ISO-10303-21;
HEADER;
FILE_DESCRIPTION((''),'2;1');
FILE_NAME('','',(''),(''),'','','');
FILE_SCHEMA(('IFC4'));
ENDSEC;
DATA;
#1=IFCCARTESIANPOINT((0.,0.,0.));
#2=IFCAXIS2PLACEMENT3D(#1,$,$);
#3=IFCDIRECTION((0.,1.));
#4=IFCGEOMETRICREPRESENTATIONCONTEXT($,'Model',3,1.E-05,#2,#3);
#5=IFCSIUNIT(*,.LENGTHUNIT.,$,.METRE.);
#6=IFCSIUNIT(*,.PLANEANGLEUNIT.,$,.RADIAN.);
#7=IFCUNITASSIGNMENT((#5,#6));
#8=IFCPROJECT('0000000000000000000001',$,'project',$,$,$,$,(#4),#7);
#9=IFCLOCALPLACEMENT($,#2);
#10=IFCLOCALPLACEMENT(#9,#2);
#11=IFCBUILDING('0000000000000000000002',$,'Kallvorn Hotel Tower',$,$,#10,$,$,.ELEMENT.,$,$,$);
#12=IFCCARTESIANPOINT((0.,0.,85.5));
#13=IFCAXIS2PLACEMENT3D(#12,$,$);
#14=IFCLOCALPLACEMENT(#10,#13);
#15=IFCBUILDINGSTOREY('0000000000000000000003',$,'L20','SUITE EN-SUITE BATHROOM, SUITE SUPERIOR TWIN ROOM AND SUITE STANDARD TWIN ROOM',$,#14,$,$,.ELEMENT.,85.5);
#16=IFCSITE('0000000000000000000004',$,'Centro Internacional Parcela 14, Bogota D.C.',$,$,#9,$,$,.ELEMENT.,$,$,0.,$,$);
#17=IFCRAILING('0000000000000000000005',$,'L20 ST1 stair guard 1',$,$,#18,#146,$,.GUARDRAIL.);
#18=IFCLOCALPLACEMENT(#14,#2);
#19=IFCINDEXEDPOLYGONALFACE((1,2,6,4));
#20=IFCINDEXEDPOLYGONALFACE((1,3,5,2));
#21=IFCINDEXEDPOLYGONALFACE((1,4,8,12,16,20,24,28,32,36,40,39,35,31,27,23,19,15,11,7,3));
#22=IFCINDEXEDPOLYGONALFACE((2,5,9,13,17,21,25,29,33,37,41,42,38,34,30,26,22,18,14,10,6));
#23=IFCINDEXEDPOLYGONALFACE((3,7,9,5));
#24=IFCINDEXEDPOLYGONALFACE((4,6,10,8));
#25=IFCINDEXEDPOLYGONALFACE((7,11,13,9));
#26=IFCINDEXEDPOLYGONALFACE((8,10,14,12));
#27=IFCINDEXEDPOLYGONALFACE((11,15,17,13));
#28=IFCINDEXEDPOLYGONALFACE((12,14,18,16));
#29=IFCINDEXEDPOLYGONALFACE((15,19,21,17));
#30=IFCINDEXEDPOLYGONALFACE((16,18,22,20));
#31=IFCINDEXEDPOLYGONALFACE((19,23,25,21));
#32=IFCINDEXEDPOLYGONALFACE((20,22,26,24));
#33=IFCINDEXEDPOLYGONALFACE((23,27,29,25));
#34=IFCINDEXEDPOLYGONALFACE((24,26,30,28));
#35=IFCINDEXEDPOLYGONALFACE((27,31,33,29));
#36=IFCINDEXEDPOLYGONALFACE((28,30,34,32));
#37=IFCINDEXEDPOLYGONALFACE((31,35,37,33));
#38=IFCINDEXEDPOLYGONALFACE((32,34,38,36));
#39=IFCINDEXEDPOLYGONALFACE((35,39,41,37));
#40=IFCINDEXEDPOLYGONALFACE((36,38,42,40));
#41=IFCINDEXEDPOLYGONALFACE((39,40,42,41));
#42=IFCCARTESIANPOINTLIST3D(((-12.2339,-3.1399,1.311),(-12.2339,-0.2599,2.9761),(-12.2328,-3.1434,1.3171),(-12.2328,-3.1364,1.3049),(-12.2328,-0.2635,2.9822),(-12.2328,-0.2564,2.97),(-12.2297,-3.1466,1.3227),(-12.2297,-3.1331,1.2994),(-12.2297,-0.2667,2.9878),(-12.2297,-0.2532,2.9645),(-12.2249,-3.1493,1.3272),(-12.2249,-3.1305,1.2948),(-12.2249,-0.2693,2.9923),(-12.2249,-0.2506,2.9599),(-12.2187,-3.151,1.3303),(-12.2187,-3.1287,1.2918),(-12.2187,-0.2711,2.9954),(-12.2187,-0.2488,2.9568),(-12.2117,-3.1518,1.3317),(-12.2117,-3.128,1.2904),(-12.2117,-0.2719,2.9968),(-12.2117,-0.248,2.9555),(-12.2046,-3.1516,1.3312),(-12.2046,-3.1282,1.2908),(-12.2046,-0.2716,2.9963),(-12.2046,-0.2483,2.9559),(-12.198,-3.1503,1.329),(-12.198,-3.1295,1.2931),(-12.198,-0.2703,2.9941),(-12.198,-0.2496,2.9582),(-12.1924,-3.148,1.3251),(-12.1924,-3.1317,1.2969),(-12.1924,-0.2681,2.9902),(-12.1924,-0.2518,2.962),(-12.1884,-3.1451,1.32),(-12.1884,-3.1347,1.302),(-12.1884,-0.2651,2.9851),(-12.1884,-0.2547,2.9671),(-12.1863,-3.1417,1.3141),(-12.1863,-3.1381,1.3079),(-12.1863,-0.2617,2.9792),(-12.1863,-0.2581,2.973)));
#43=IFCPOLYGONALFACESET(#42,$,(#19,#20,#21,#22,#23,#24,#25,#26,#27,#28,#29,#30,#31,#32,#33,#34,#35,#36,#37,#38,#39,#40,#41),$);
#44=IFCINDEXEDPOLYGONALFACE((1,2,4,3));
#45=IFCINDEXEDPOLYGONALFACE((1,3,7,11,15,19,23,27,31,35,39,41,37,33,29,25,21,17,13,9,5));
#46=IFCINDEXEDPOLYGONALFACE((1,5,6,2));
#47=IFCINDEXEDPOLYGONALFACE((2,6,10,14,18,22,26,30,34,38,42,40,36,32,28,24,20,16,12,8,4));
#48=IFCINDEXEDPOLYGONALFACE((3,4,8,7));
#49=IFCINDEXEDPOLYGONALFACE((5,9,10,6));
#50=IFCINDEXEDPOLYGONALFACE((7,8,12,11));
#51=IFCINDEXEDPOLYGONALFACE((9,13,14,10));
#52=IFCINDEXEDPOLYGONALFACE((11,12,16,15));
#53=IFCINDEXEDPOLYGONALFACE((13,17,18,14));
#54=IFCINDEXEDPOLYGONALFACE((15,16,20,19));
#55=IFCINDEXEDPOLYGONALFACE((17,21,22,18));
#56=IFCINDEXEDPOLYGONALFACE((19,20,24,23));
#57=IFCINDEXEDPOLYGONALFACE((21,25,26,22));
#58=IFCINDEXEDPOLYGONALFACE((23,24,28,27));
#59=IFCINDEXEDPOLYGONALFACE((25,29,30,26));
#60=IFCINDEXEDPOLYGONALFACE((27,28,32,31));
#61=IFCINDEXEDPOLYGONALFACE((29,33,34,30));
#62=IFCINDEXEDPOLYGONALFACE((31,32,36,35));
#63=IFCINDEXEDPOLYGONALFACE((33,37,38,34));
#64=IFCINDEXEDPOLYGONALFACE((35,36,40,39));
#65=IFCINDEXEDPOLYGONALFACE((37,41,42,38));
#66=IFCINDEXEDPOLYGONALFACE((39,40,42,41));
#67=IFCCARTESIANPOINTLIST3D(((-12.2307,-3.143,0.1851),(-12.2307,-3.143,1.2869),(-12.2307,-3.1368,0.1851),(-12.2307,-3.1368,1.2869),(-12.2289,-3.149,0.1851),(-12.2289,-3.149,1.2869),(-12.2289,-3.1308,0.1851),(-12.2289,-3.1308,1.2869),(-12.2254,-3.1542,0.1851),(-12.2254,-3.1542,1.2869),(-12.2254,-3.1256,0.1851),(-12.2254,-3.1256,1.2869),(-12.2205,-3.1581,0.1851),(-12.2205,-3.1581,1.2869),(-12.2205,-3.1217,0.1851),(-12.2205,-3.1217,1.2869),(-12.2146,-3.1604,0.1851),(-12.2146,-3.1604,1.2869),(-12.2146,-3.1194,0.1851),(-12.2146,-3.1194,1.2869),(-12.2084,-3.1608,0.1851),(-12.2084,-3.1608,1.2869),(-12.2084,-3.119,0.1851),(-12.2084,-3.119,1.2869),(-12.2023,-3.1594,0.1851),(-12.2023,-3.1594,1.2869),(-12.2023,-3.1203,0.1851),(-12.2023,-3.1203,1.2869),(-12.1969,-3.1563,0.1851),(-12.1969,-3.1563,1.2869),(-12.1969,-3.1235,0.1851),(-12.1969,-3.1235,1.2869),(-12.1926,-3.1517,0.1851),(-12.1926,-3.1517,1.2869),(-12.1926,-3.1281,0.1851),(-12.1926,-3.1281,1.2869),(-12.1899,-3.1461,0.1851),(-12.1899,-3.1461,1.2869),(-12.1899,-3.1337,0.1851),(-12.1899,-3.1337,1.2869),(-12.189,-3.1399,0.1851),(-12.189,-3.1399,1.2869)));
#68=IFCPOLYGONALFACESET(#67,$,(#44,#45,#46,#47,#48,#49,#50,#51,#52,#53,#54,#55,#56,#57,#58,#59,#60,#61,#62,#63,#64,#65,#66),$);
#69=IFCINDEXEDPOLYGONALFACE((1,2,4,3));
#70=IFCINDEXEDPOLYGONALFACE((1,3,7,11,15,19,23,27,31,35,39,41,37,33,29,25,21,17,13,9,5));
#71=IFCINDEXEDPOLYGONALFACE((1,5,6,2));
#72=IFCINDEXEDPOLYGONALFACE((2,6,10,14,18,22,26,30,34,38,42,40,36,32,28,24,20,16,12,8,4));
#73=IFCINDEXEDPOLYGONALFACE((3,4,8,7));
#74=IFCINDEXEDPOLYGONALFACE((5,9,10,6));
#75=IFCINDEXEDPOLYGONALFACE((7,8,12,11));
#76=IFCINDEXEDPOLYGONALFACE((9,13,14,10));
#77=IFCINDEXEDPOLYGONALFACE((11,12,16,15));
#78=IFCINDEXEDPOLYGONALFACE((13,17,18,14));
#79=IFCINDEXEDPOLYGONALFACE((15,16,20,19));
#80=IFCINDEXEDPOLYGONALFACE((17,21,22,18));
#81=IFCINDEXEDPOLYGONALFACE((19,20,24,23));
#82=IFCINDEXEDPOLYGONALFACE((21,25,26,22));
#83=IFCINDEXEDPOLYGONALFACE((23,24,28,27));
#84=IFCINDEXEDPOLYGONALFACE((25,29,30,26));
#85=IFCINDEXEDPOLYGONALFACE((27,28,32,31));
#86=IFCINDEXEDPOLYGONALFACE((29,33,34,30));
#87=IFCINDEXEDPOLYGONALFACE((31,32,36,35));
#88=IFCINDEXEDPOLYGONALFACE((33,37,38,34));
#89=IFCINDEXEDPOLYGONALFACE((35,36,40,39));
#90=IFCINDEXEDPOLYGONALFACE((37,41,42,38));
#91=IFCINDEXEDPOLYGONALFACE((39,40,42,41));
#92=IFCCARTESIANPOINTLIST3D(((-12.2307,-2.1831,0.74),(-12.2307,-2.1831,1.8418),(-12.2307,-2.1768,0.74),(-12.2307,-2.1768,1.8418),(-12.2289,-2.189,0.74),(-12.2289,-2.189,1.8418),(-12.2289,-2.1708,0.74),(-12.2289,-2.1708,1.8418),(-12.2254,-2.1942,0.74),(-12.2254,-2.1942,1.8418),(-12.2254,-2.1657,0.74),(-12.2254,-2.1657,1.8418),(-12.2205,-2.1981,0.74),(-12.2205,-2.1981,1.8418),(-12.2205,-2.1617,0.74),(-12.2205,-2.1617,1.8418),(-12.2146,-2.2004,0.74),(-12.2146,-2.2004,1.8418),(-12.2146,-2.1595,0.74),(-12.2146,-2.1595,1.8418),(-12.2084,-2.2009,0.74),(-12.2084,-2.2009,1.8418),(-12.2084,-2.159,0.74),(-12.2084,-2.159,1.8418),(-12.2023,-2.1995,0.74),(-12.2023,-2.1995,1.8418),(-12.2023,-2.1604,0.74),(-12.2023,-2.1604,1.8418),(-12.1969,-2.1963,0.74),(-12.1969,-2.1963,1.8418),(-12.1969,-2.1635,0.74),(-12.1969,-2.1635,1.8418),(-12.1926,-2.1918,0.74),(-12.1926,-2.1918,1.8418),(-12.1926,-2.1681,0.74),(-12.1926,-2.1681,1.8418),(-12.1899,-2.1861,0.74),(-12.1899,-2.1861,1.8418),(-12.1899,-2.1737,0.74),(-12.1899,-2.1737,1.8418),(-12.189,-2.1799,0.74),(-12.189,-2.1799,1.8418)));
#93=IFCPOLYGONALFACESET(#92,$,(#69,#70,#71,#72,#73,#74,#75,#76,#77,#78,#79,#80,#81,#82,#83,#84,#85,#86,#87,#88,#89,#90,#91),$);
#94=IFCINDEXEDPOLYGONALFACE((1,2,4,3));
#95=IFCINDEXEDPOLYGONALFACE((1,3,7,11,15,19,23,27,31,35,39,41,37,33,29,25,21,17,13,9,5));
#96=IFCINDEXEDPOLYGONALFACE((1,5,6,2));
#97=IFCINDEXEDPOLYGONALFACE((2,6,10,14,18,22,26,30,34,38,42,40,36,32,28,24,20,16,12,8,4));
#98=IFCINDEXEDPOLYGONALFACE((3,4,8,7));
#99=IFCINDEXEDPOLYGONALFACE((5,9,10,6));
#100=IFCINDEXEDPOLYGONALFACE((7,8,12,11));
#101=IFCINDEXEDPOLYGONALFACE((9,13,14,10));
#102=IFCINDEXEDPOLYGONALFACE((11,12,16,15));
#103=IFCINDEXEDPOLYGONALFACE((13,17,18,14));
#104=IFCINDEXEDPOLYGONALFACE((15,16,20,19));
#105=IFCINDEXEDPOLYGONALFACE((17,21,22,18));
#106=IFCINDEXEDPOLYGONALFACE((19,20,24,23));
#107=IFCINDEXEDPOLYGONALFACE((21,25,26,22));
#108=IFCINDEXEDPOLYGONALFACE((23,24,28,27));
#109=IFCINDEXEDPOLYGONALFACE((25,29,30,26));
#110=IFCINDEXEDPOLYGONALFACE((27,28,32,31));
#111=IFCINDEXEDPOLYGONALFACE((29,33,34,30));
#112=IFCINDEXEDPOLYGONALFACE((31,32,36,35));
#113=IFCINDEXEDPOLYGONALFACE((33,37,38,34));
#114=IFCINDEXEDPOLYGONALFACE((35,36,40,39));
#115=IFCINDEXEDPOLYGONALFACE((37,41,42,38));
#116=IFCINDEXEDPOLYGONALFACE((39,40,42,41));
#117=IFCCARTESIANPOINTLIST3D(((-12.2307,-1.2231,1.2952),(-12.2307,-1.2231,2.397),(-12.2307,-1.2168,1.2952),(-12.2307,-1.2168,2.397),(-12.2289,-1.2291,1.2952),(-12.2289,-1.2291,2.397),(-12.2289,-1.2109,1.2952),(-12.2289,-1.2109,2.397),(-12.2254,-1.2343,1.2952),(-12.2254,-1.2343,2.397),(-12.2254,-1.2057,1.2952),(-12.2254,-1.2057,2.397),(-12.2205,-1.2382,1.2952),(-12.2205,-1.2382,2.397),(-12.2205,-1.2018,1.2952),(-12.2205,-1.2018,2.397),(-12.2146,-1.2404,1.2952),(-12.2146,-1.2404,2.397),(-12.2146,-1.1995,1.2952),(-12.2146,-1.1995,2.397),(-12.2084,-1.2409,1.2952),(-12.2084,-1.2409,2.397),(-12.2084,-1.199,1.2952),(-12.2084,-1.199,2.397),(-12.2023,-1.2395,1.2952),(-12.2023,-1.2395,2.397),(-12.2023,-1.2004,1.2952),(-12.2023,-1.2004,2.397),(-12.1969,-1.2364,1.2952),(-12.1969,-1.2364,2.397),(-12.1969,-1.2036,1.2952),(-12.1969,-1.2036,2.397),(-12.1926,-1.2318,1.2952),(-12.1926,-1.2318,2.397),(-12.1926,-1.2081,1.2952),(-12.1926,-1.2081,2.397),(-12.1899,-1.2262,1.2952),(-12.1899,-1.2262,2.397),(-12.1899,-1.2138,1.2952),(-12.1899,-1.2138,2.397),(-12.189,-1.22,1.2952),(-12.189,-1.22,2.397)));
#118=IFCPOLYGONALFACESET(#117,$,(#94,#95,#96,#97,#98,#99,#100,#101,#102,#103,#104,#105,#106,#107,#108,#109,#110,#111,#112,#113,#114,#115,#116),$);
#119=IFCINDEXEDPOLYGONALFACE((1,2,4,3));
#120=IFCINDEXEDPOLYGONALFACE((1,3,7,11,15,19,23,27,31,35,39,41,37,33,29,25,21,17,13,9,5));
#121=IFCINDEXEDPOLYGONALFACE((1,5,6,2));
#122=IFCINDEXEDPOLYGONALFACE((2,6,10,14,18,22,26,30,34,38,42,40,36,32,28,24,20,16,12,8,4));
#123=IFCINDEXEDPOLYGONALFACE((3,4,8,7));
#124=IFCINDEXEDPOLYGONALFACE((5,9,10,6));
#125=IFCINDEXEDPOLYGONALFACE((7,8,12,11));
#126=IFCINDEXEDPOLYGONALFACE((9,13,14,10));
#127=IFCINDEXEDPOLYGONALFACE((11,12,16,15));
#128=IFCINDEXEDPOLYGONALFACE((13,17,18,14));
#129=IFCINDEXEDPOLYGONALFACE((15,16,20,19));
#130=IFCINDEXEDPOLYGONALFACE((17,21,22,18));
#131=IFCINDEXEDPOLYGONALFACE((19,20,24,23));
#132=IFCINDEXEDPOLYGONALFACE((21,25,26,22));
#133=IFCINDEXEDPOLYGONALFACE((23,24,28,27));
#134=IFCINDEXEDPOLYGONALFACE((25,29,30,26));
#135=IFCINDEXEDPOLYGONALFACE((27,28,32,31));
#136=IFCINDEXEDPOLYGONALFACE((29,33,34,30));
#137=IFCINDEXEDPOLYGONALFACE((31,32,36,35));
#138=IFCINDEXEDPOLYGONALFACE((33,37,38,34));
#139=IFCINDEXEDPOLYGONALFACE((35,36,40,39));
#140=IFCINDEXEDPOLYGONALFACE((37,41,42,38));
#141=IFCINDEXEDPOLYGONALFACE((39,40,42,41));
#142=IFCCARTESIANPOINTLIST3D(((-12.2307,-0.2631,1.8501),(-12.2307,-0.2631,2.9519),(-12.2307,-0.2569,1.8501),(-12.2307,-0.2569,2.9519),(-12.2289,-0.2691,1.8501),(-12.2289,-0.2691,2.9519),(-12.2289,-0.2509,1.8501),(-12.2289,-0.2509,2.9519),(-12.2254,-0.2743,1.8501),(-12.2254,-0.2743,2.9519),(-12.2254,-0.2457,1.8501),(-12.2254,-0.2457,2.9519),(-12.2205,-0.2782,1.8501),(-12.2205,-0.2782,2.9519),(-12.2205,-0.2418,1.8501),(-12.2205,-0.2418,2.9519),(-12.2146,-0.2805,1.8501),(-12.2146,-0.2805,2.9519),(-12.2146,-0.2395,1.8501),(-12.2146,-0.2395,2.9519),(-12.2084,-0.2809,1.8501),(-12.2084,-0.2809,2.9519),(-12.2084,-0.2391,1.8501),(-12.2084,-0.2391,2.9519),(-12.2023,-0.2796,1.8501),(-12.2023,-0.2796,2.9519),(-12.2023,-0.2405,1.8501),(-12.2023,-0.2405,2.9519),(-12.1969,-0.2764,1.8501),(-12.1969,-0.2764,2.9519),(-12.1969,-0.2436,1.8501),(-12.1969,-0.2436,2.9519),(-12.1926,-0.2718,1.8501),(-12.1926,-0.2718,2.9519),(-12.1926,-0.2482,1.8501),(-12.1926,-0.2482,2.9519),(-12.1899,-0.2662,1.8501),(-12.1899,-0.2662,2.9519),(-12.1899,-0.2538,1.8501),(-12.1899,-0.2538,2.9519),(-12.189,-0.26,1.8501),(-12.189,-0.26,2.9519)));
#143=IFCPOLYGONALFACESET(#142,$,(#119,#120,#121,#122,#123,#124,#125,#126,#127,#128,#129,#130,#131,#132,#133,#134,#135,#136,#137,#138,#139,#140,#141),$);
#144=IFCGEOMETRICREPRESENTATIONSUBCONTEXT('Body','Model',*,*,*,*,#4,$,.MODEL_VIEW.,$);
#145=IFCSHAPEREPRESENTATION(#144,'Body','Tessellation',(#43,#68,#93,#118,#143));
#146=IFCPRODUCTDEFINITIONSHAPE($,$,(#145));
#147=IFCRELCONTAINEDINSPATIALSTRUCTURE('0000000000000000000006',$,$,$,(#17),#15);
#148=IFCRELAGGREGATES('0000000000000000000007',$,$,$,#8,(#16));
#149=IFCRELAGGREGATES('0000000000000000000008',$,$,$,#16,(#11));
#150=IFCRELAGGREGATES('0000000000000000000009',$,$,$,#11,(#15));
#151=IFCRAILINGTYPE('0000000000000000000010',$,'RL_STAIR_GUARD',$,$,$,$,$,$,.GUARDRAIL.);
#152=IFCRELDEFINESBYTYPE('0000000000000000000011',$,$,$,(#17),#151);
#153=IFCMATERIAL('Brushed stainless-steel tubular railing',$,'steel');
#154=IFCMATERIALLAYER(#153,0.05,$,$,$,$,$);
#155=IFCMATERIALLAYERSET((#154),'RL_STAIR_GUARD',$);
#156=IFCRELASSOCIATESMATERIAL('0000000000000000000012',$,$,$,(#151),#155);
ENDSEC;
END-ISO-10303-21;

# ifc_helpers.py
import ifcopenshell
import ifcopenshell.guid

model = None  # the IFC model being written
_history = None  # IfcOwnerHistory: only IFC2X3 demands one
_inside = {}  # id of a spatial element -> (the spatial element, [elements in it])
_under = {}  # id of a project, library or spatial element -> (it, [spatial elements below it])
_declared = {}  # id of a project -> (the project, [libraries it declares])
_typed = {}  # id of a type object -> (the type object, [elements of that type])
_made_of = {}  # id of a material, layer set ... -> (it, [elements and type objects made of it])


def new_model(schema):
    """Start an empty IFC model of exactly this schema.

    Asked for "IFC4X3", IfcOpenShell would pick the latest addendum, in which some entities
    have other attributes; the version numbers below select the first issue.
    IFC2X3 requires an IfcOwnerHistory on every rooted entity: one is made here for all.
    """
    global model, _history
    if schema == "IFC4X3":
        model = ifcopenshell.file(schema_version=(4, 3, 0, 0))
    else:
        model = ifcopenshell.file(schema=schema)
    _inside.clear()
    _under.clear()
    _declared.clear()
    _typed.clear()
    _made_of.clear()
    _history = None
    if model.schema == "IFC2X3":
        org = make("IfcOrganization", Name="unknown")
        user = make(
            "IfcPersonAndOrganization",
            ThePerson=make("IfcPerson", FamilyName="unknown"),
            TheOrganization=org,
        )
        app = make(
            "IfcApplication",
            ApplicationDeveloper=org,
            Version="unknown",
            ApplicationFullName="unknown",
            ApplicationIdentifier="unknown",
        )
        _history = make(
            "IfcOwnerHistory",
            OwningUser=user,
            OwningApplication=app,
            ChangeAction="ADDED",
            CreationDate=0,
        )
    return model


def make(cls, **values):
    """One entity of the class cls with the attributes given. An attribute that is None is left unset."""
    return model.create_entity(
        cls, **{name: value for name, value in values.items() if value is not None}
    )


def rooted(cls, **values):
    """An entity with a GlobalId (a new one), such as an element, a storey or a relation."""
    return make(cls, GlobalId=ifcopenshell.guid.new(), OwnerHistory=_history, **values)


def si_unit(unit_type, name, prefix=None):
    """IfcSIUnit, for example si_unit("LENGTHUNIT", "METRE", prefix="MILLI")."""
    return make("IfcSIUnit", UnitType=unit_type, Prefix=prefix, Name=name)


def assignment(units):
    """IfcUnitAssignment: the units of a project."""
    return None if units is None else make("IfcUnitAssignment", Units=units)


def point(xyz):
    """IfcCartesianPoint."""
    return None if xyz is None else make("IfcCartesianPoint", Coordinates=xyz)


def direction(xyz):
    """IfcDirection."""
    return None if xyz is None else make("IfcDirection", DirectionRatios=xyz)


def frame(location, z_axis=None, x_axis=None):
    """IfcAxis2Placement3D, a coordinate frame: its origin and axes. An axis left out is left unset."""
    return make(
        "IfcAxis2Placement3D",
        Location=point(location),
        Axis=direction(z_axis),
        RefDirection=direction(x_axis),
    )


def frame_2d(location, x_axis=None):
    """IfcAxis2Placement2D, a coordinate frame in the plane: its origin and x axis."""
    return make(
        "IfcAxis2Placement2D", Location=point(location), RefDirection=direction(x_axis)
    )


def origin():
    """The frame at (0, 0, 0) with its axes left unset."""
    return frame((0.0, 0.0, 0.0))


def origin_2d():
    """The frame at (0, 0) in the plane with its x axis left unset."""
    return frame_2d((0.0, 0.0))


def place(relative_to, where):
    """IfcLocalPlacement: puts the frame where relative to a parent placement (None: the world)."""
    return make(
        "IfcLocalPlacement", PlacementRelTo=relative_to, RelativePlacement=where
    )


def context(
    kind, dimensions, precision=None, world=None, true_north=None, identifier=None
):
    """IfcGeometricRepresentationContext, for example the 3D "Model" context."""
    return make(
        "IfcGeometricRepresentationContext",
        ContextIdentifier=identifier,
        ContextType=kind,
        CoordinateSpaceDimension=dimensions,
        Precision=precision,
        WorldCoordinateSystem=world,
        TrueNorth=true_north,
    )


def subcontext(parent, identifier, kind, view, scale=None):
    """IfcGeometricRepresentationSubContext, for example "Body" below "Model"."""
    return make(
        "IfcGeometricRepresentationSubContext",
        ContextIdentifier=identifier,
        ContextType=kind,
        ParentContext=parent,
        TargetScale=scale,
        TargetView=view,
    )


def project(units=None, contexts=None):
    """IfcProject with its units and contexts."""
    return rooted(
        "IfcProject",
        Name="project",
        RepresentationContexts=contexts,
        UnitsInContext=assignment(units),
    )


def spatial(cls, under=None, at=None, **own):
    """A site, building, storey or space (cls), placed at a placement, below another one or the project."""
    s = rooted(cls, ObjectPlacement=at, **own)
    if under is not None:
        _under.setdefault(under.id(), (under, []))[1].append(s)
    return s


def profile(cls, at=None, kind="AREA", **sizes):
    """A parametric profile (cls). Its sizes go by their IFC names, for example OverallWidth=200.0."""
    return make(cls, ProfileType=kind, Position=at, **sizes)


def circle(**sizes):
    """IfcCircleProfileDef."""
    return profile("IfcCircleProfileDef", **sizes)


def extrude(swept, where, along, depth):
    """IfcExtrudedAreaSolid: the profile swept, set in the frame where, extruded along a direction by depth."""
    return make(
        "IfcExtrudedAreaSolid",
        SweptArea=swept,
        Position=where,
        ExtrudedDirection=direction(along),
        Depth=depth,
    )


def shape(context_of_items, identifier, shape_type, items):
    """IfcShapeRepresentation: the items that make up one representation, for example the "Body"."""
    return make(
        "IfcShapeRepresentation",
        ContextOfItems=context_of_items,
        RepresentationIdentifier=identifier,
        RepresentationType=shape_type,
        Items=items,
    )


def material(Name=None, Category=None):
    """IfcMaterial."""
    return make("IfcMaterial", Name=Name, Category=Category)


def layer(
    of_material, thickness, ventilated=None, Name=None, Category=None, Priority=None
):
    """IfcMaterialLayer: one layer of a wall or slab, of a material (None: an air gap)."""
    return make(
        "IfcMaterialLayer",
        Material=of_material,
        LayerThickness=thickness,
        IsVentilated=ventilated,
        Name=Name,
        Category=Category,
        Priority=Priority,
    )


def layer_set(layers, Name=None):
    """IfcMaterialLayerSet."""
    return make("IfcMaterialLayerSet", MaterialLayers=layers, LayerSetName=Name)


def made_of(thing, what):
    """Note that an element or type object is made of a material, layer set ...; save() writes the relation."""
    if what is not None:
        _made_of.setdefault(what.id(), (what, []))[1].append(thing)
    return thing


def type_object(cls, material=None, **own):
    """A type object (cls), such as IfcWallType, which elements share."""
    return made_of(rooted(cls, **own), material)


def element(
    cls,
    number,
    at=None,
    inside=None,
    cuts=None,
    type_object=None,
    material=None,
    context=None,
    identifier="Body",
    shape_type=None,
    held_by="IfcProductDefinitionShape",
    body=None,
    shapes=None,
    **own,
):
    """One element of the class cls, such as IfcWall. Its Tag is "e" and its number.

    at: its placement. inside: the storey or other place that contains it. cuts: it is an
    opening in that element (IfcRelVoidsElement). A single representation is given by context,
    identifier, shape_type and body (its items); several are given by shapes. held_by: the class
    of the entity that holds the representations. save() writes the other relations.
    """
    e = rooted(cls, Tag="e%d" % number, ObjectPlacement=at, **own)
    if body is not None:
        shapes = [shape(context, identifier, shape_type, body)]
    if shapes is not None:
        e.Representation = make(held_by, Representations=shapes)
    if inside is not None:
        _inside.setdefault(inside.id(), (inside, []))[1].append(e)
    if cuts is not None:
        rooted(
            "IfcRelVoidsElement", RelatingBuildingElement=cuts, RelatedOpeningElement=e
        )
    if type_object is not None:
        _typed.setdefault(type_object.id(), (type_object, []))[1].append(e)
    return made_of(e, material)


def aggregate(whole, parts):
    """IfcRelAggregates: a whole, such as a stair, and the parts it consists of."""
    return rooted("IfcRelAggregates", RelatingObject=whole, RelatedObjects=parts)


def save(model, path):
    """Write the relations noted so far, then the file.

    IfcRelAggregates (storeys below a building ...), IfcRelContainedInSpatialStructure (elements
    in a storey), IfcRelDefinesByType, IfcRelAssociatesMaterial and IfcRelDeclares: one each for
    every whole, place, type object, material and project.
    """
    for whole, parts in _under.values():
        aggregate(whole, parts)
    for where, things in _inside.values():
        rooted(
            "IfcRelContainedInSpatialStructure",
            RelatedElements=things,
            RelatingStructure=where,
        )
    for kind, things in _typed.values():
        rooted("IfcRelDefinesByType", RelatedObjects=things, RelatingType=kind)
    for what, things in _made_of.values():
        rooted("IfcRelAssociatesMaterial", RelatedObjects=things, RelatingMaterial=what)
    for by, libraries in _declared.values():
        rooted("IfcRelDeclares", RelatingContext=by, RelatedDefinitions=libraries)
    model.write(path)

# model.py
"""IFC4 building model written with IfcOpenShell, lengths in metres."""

from ifc_helpers import new_model, si_unit, direction, frame, origin, origin_2d, place, context, subcontext, project, spatial, circle, extrude, material, layer, layer_set, type_object, element, save


model = new_model("IFC4")

# Units and contexts
model_context = context("Model", 3, precision=1e-05, world=origin(), true_north=direction((0.0, 1.0)))
body_context = subcontext(model_context, "Body", "Model", "MODEL_VIEW")
ifc_project = project(units=[si_unit("LENGTHUNIT", "METRE"), si_unit("PLANEANGLEUNIT", "RADIAN")], contexts=[model_context])

# Site, building, storey
site_placement = place(None, origin())
site = spatial("IfcSite", under=ifc_project, at=site_placement, Name="Centro Internacional Parcela 14, Bogota D.C.", CompositionType="ELEMENT", RefElevation=0.0)
building_placement = place(site_placement, origin())
building = spatial("IfcBuilding", under=site, at=building_placement, Name="Kallvorn Hotel Tower", CompositionType="ELEMENT")
storey_placement = place(building_placement, frame((0.0, 0.0, 85.5)))
storey = spatial("IfcBuildingStorey", under=building, at=storey_placement, Name="L20", Description="SUITE EN-SUITE BATHROOM, SUITE SUPERIOR TWIN ROOM AND SUITE STANDARD TWIN ROOM", CompositionType="ELEMENT", Elevation=85.5)

# Railing
ifc_material_1 = material(Name="Brushed stainless-steel tubular railing", Category="steel")
ifc_layer_1 = layer(ifc_material_1, 0.05)
ifc_layer_set_1 = layer_set([ifc_layer_1], Name="RL_STAIR_GUARD")
railing_type_1 = type_object("IfcRailingType", Name="RL_STAIR_GUARD", PredefinedType="GUARDRAIL", material=ifc_layer_set_1)
railing_1_placement = place(storey_placement, frame((-12.21, -3.1399, 0.1851)))
element("IfcRailing", 1, at=railing_1_placement, inside=storey, type_object=railing_type_1, Name="L20 ST1 stair guard 1", PredefinedType="GUARDRAIL", context=body_context, shape_type="SweptSolid", body=[
    extrude(circle(Radius=0.0239, at=origin_2d()), frame((0.0, 0.0, 1.126), z_axis=(0.0, 0.865721, 0.500527), x_axis=(-1.0, 0.0, 0.0)), (0.0, 0.0, 1.0), 3.3267),
    extrude(circle(Radius=0.021, at=origin_2d()), origin(), (0.0, 0.0, 1.0), 1.1018),
    extrude(circle(Radius=0.021, at=origin_2d()), frame((0.0, 0.96, 0.5549)), (0.0, 0.0, 1.0), 1.1018),
    extrude(circle(Radius=0.021, at=origin_2d()), frame((0.0, 1.9199, 1.1101)), (0.0, 0.0, 1.0), 1.1018),
    extrude(circle(Radius=0.021, at=origin_2d()), frame((0.0, 2.8799, 1.665)), (0.0, 0.0, 1.0), 1.1018),
])

save(model, "model.ifc")
